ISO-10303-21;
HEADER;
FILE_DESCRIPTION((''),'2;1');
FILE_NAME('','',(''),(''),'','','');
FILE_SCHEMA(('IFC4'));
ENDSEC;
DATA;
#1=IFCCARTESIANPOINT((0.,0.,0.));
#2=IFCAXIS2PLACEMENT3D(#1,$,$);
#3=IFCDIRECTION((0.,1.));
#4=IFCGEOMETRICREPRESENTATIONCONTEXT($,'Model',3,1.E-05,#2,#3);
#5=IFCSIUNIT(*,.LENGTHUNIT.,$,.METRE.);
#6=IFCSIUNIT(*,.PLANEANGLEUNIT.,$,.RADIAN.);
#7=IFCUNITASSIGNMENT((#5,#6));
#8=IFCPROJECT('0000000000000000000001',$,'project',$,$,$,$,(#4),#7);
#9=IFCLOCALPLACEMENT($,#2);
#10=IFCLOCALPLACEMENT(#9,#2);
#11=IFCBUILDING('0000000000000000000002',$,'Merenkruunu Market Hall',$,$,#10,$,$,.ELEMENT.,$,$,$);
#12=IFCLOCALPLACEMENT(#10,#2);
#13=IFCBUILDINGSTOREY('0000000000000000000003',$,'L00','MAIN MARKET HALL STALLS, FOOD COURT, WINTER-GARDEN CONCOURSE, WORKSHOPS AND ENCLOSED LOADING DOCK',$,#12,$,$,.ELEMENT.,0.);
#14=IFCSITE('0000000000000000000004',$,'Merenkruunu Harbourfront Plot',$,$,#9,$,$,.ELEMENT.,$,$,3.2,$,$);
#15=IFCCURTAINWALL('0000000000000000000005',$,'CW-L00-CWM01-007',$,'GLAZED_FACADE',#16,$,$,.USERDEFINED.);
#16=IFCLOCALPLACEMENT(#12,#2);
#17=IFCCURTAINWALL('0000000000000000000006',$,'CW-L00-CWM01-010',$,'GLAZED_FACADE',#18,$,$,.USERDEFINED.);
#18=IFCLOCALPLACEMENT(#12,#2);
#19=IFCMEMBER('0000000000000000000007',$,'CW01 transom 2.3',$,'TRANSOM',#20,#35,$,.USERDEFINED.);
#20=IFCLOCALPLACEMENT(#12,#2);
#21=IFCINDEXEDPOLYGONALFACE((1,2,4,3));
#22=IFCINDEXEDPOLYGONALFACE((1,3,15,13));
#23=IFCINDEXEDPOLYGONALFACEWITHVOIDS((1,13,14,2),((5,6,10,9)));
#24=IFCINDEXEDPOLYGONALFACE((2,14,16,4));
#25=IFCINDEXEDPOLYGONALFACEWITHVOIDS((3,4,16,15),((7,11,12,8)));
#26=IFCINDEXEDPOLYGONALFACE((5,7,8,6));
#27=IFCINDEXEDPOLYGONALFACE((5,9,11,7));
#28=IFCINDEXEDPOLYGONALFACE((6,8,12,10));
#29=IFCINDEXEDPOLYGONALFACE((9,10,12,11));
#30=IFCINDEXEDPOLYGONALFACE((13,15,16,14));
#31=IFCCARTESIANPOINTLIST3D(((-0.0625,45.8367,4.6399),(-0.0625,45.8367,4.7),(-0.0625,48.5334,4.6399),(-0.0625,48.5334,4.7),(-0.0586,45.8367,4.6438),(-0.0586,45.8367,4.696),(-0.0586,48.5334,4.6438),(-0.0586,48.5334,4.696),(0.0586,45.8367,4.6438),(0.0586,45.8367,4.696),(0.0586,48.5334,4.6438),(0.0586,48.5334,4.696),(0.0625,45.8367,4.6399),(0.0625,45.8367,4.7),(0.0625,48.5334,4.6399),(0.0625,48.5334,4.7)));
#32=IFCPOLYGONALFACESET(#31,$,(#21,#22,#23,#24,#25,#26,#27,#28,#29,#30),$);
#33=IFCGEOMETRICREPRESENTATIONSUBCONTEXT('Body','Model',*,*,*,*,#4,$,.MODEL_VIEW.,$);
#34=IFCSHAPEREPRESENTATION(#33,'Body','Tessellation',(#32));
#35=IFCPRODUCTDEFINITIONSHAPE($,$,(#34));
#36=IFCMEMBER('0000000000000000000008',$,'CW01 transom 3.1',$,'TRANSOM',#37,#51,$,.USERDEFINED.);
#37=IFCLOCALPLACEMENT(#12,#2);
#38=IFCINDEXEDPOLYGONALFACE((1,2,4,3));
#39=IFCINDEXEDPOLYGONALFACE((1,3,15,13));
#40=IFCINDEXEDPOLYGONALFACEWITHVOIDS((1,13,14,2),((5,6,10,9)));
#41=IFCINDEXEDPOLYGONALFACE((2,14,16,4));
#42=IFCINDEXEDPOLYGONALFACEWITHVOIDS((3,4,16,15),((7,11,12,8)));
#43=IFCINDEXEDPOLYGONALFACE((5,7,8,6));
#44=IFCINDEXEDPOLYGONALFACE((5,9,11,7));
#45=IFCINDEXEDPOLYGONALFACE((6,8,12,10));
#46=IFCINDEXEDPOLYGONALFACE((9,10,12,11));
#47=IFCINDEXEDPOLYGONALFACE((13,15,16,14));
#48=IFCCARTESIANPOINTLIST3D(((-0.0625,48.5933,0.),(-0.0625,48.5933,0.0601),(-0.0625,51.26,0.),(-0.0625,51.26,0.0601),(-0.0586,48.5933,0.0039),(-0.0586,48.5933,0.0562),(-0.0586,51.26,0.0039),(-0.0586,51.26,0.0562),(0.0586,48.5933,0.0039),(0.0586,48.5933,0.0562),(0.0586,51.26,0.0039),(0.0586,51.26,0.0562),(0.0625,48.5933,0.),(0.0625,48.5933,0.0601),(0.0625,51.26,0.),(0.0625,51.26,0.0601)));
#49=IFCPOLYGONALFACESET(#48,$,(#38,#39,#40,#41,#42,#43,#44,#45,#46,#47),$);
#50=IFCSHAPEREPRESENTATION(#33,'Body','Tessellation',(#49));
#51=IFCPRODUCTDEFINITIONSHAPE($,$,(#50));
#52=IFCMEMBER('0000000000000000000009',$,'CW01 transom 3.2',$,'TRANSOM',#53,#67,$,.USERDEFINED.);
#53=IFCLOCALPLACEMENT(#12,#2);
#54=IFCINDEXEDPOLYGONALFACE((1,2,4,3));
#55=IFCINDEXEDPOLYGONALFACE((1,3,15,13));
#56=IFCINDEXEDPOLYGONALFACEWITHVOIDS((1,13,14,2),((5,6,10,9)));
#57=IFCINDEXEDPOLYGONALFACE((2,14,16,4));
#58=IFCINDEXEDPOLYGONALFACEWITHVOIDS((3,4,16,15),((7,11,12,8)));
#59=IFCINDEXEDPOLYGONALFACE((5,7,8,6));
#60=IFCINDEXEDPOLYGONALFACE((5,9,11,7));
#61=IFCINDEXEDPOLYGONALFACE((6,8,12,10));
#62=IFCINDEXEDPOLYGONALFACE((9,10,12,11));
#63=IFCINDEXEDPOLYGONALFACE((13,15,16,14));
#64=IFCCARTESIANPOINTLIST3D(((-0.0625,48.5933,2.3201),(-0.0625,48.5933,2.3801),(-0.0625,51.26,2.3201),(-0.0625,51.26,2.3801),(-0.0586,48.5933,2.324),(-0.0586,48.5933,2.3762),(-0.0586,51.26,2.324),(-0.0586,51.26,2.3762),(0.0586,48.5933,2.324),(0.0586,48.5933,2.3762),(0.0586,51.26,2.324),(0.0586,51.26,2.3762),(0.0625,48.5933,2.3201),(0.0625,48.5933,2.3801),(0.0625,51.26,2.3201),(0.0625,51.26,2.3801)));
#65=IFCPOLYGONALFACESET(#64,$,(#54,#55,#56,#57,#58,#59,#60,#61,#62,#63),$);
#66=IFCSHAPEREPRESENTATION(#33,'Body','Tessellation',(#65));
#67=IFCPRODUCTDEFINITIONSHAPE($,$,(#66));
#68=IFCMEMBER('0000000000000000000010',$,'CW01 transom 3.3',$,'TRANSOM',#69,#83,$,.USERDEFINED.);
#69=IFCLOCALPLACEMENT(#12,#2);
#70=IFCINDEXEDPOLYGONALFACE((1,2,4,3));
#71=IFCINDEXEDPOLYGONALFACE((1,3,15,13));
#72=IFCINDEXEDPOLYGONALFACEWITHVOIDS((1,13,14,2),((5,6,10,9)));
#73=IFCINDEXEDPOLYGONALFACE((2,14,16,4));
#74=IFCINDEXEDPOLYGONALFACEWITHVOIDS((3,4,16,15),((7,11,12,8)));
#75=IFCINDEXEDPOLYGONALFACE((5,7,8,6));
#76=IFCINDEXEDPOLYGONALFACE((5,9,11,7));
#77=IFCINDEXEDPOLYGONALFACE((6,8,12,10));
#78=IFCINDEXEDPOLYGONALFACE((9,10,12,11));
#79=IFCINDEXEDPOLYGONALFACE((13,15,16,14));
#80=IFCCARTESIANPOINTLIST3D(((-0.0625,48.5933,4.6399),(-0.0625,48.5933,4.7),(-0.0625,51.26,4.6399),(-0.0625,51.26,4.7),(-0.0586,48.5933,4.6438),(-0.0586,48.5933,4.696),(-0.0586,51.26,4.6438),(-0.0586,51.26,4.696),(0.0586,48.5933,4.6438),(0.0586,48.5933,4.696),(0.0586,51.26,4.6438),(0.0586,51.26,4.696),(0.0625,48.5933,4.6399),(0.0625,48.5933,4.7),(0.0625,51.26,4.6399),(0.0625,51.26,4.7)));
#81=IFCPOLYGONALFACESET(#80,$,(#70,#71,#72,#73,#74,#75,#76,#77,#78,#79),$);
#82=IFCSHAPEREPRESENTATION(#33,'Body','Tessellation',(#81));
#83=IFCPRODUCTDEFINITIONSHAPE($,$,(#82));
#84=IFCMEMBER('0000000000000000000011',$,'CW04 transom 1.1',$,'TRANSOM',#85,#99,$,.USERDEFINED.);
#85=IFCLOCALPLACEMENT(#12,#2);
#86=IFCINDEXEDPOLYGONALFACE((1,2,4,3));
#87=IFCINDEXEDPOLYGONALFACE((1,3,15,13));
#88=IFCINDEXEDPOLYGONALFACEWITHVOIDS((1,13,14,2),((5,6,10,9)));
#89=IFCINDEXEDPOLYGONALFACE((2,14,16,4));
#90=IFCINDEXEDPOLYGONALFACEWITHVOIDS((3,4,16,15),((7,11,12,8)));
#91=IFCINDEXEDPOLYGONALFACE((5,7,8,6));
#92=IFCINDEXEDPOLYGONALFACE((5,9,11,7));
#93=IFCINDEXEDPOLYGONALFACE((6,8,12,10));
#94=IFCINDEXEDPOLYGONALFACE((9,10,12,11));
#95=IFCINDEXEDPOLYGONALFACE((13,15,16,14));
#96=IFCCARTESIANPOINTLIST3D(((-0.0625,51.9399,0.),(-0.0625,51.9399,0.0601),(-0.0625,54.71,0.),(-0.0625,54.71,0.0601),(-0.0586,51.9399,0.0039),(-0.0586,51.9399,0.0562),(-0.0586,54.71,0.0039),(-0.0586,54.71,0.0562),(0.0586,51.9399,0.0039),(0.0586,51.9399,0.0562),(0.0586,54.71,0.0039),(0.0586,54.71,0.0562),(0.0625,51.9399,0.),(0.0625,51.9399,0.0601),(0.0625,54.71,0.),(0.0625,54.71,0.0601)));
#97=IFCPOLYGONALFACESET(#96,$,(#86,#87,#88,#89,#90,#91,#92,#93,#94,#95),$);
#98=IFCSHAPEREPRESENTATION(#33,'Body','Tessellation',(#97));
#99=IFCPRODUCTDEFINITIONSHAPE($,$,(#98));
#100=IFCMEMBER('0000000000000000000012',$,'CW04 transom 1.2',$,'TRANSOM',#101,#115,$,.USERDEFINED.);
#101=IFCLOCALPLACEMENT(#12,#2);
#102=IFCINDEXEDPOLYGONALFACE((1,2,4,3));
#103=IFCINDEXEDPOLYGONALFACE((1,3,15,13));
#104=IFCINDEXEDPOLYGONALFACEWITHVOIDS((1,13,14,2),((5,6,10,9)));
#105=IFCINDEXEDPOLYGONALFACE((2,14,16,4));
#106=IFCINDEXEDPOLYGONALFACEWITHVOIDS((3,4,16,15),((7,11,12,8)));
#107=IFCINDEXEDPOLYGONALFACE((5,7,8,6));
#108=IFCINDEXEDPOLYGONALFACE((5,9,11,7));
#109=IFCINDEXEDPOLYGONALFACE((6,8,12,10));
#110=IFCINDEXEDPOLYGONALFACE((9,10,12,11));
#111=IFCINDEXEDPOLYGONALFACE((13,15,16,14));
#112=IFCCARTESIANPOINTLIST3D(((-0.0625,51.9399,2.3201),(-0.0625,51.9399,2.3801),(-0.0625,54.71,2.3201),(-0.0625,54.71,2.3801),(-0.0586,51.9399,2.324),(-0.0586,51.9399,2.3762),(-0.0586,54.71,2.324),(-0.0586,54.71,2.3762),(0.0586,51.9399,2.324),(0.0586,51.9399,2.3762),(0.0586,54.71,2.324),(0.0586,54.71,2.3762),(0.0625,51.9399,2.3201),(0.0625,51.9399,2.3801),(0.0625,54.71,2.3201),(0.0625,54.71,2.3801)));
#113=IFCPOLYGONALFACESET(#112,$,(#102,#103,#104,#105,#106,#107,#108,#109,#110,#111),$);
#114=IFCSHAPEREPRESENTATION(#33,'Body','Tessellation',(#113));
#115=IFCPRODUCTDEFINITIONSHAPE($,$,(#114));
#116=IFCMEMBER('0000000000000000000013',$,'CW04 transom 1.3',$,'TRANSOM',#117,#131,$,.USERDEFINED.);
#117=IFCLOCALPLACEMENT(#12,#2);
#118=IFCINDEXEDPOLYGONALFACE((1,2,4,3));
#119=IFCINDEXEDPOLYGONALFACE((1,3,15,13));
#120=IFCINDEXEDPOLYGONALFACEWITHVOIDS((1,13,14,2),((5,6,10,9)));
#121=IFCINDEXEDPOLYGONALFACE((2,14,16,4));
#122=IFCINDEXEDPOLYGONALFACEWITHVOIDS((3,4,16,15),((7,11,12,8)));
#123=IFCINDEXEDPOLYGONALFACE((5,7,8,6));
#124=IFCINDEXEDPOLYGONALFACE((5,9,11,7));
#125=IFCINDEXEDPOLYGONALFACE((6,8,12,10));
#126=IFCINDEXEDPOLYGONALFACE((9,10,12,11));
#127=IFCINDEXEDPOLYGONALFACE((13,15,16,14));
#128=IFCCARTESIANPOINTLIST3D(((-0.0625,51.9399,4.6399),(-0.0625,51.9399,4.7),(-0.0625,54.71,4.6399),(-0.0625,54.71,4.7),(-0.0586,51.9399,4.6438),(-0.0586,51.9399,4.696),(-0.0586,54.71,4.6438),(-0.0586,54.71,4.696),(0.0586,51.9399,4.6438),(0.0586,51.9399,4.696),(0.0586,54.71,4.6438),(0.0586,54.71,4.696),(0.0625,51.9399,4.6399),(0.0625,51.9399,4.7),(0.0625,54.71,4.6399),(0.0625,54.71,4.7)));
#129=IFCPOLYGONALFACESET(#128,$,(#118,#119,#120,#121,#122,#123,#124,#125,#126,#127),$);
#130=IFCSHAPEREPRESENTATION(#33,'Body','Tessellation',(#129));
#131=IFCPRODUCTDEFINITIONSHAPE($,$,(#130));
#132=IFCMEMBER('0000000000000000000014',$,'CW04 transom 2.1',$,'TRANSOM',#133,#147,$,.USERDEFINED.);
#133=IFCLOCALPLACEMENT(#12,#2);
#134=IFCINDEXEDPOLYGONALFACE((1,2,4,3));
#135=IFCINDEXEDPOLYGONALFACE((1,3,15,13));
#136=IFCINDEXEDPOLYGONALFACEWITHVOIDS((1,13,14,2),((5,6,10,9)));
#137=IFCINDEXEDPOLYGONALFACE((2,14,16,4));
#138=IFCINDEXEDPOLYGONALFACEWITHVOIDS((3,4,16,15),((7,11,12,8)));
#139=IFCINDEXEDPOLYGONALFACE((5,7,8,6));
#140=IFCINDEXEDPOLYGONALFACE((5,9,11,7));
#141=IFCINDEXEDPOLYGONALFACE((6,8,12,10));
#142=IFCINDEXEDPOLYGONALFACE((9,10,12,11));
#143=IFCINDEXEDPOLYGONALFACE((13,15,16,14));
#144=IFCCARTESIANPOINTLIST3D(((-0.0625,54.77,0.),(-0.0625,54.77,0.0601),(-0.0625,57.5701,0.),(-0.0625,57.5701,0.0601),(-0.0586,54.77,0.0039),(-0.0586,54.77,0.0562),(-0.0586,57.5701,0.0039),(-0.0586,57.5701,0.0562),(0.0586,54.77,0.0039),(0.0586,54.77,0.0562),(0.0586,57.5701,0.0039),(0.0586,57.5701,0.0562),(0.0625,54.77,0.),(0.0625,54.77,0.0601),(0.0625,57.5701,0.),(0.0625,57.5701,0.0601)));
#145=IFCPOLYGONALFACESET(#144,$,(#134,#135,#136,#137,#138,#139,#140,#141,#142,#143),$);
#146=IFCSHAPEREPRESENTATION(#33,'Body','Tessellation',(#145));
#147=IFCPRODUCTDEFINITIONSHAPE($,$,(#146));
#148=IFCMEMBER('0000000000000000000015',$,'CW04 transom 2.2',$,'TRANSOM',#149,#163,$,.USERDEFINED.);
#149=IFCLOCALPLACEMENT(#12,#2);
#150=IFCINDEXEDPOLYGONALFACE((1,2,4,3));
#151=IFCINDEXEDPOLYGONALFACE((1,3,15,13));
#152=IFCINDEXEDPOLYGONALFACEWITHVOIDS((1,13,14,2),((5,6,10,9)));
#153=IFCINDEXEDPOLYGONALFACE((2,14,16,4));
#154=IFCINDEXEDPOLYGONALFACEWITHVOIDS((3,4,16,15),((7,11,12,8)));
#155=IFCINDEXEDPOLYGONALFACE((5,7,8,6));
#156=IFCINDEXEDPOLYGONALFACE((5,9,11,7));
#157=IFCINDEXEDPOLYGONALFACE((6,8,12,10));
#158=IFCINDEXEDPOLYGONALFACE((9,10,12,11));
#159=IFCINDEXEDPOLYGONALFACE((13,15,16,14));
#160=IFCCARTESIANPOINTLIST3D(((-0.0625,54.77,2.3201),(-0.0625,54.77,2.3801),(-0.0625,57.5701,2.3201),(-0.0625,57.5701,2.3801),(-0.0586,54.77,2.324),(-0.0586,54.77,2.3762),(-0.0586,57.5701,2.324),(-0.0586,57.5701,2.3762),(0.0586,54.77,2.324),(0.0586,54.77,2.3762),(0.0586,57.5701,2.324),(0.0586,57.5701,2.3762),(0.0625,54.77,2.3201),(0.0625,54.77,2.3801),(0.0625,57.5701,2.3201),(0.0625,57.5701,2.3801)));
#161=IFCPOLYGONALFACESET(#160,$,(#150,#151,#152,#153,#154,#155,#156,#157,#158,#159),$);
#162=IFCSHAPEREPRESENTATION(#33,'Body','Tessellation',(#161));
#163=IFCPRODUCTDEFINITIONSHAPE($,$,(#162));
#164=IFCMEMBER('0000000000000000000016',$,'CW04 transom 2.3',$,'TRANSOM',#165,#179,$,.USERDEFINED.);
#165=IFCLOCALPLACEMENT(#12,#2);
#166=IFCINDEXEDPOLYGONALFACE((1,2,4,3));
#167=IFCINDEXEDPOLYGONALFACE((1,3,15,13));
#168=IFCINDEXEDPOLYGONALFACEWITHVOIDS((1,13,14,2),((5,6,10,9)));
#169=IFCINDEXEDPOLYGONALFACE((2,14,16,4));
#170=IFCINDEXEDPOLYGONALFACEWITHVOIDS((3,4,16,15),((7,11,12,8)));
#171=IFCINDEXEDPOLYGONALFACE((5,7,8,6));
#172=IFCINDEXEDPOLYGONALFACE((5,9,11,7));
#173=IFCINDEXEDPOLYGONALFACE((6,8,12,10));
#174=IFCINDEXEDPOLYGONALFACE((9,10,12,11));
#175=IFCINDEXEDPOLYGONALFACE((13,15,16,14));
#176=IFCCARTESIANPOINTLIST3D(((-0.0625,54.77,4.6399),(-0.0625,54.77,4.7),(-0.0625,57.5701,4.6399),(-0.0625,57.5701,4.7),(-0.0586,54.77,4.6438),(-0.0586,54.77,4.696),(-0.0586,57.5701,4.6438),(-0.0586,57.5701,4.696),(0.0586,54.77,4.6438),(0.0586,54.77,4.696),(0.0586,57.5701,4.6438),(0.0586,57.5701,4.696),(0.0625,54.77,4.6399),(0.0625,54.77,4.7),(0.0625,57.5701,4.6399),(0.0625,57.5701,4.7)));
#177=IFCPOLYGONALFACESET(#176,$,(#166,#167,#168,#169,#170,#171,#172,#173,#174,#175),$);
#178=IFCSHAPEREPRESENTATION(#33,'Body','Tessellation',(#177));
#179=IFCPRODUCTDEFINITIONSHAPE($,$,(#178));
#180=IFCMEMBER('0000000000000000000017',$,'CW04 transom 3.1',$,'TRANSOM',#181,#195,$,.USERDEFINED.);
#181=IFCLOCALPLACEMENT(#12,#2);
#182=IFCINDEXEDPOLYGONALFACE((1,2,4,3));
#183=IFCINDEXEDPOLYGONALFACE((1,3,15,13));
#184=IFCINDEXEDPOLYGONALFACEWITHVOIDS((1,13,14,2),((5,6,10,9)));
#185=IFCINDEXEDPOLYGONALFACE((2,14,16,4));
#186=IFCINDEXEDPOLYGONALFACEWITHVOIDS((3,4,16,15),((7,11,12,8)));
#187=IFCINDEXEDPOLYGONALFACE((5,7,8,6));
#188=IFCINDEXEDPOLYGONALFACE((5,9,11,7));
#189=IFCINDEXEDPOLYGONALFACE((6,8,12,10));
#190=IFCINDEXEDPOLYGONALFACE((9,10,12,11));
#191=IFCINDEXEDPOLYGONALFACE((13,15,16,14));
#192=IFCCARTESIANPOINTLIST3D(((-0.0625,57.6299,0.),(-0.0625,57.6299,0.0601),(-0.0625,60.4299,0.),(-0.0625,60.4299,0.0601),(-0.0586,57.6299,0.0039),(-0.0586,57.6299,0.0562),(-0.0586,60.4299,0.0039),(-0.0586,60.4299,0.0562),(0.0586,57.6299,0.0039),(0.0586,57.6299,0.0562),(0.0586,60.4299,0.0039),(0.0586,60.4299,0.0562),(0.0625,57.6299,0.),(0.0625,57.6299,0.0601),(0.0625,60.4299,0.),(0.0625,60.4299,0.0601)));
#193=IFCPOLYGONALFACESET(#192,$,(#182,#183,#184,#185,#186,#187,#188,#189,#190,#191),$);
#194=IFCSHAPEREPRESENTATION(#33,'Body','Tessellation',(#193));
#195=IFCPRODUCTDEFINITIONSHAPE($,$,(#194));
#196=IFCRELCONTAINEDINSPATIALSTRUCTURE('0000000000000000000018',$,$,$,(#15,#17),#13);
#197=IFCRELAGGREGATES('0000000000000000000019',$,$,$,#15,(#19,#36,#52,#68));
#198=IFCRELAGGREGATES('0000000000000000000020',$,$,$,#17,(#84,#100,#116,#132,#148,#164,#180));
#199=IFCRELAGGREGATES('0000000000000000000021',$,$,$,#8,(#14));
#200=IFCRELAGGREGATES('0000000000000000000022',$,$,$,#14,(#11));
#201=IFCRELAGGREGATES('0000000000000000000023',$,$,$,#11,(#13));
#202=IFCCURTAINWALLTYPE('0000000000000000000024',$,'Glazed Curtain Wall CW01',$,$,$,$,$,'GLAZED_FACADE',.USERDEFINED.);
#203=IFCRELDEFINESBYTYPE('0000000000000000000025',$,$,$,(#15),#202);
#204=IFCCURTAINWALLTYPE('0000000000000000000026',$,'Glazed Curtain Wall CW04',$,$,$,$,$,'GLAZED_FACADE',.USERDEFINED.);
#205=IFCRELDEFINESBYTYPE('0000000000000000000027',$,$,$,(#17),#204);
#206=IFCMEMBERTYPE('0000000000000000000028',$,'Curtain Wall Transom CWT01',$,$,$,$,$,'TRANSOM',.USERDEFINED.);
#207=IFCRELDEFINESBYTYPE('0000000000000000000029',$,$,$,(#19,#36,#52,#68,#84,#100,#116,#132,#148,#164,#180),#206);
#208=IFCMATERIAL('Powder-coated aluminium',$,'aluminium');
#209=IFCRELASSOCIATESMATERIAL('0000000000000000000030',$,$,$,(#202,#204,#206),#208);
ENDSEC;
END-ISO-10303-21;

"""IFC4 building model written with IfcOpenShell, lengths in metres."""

from ifc_helpers import new_model, si_unit, direction, frame, origin, origin_2d, place, context, subcontext, project, spatial, hollow_rectangle, extrude, material, material_profile, profile_set, type_object, element, aggregate, save


model = new_model("IFC4")

# Units and contexts
model_context = context("Model", 3, precision=1e-05, world=origin(), true_north=direction((0.0, 1.0)))
body_context = subcontext(model_context, "Body", "Model", "MODEL_VIEW")
ifc_project = project(units=[si_unit("LENGTHUNIT", "METRE"), si_unit("PLANEANGLEUNIT", "RADIAN")], contexts=[model_context])

# Site, building, storey
site_placement = place(None, origin())
site = spatial("IfcSite", under=ifc_project, at=site_placement, Name="Merenkruunu Harbourfront Plot", CompositionType="ELEMENT", RefElevation=3.2)
building_placement = place(site_placement, origin())
building = spatial("IfcBuilding", under=site, at=building_placement, Name="Merenkruunu Market Hall", CompositionType="ELEMENT")
storey_placement = place(building_placement, origin())
storey = spatial("IfcBuildingStorey", under=building, at=storey_placement, Name="L00", Description="MAIN MARKET HALL STALLS, FOOD COURT, WINTER-GARDEN CONCOURSE, WORKSHOPS AND ENCLOSED LOADING DOCK", CompositionType="ELEMENT", Elevation=0.0)

# Curtain walls
ifc_material_1 = material(Name="Powder-coated aluminium", Category="aluminium")
curtain_wall_type_1 = type_object("IfcCurtainWallType", Name="Glazed Curtain Wall CW01", ElementType="GLAZED_FACADE", PredefinedType="USERDEFINED", material=ifc_material_1)
curtain_wall_1_placement = place(storey_placement, origin())
curtain_wall_1 = element("IfcCurtainWall", 1, at=curtain_wall_1_placement, inside=storey, type_object=curtain_wall_type_1, Name="CW-L00-CWM01-007", ObjectType="GLAZED_FACADE", PredefinedType="USERDEFINED")
curtain_wall_type_2 = type_object("IfcCurtainWallType", Name="Glazed Curtain Wall CW04", ElementType="GLAZED_FACADE", PredefinedType="USERDEFINED", material=ifc_material_1)
curtain_wall_2_placement = place(storey_placement, origin())
curtain_wall_2 = element("IfcCurtainWall", 2, at=curtain_wall_2_placement, inside=storey, type_object=curtain_wall_type_2, Name="CW-L00-CWM01-010", ObjectType="GLAZED_FACADE", PredefinedType="USERDEFINED")

# Members
ifc_material_profile_1 = material_profile(ifc_material_1, hollow_rectangle(XDim=0.0601, YDim=0.125, WallThickness=0.0039, at=origin_2d()), Name="ALU 60x125x4")
ifc_profile_set_1 = profile_set([ifc_material_profile_1], Name="Powder-coated aluminium")
member_type_1 = type_object("IfcMemberType", Name="Curtain Wall Transom CWT01", ElementType="TRANSOM", PredefinedType="USERDEFINED", material=ifc_profile_set_1)
member_1_placement = place(storey_placement, frame((0.0, 45.8367, 4.6699), z_axis=(0.0, 1.0, 0.0), x_axis=(0.0, 0.0, 1.0)))
member_1 = element("IfcMember", 3, at=member_1_placement, type_object=member_type_1, Name="CW01 transom 2.3", ObjectType="TRANSOM", PredefinedType="USERDEFINED", context=body_context, shape_type="SweptSolid", body=[
    extrude(hollow_rectangle(XDim=0.0601, YDim=0.125, WallThickness=0.0039, at=origin_2d()), origin(), (0.0, 0.0, 1.0), 2.6968),
])
member_2_placement = place(storey_placement, frame((0.0, 48.5933, 0.03), z_axis=(0.0, 1.0, 0.0), x_axis=(0.0, 0.0, 1.0)))
member_2 = element("IfcMember", 4, at=member_2_placement, type_object=member_type_1, Name="CW01 transom 3.1", ObjectType="TRANSOM", PredefinedType="USERDEFINED", context=body_context, shape_type="SweptSolid", body=[
    extrude(hollow_rectangle(XDim=0.0601, YDim=0.125, WallThickness=0.0039, at=origin_2d()), origin(), (0.0, 0.0, 1.0), 2.6667),
])
member_3_placement = place(storey_placement, frame((0.0, 48.5933, 2.3501), z_axis=(0.0, 1.0, 0.0), x_axis=(0.0, 0.0, 1.0)))
member_3 = element("IfcMember", 5, at=member_3_placement, type_object=member_type_1, Name="CW01 transom 3.2", ObjectType="TRANSOM", PredefinedType="USERDEFINED", context=body_context, shape_type="SweptSolid", body=[
    extrude(hollow_rectangle(XDim=0.0601, YDim=0.125, WallThickness=0.0039, at=origin_2d()), origin(), (0.0, 0.0, 1.0), 2.6667),
])
member_4_placement = place(storey_placement, frame((0.0, 48.5933, 4.6699), z_axis=(0.0, 1.0, 0.0), x_axis=(0.0, 0.0, 1.0)))
member_4 = element("IfcMember", 6, at=member_4_placement, type_object=member_type_1, Name="CW01 transom 3.3", ObjectType="TRANSOM", PredefinedType="USERDEFINED", context=body_context, shape_type="SweptSolid", body=[
    extrude(hollow_rectangle(XDim=0.0601, YDim=0.125, WallThickness=0.0039, at=origin_2d()), origin(), (0.0, 0.0, 1.0), 2.6667),
])
member_5_placement = place(storey_placement, frame((0.0, 51.9399, 0.03), z_axis=(0.0, 1.0, 0.0), x_axis=(0.0, 0.0, 1.0)))
member_5 = element("IfcMember", 7, at=member_5_placement, type_object=member_type_1, Name="CW04 transom 1.1", ObjectType="TRANSOM", PredefinedType="USERDEFINED", context=body_context, shape_type="SweptSolid", body=[
    extrude(hollow_rectangle(XDim=0.0601, YDim=0.125, WallThickness=0.0039, at=origin_2d()), origin(), (0.0, 0.0, 1.0), 2.77),
])
member_6_placement = place(storey_placement, frame((0.0, 51.9399, 2.3501), z_axis=(0.0, 1.0, 0.0), x_axis=(0.0, 0.0, 1.0)))
member_6 = element("IfcMember", 8, at=member_6_placement, type_object=member_type_1, Name="CW04 transom 1.2", ObjectType="TRANSOM", PredefinedType="USERDEFINED", context=body_context, shape_type="SweptSolid", body=[
    extrude(hollow_rectangle(XDim=0.0601, YDim=0.125, WallThickness=0.0039, at=origin_2d()), origin(), (0.0, 0.0, 1.0), 2.77),
])
member_7_placement = place(storey_placement, frame((0.0, 51.9399, 4.6699), z_axis=(0.0, 1.0, 0.0), x_axis=(0.0, 0.0, 1.0)))
member_7 = element("IfcMember", 9, at=member_7_placement, type_object=member_type_1, Name="CW04 transom 1.3", ObjectType="TRANSOM", PredefinedType="USERDEFINED", context=body_context, shape_type="SweptSolid", body=[
    extrude(hollow_rectangle(XDim=0.0601, YDim=0.125, WallThickness=0.0039, at=origin_2d()), origin(), (0.0, 0.0, 1.0), 2.77),
])
member_8_placement = place(storey_placement, frame((0.0, 54.77, 0.03), z_axis=(0.0, 1.0, 0.0), x_axis=(0.0, 0.0, 1.0)))
member_8 = element("IfcMember", 10, at=member_8_placement, type_object=member_type_1, Name="CW04 transom 2.1", ObjectType="TRANSOM", PredefinedType="USERDEFINED", context=body_context, shape_type="SweptSolid", body=[
    extrude(hollow_rectangle(XDim=0.0601, YDim=0.125, WallThickness=0.0039, at=origin_2d()), origin(), (0.0, 0.0, 1.0), 2.8),
])
member_9_placement = place(storey_placement, frame((0.0, 54.77, 2.3501), z_axis=(0.0, 1.0, 0.0), x_axis=(0.0, 0.0, 1.0)))
member_9 = element("IfcMember", 11, at=member_9_placement, type_object=member_type_1, Name="CW04 transom 2.2", ObjectType="TRANSOM", PredefinedType="USERDEFINED", context=body_context, shape_type="SweptSolid", body=[
    extrude(hollow_rectangle(XDim=0.0601, YDim=0.125, WallThickness=0.0039, at=origin_2d()), origin(), (0.0, 0.0, 1.0), 2.8),
])
member_10_placement = place(storey_placement, frame((0.0, 54.77, 4.6699), z_axis=(0.0, 1.0, 0.0), x_axis=(0.0, 0.0, 1.0)))
member_10 = element("IfcMember", 12, at=member_10_placement, type_object=member_type_1, Name="CW04 transom 2.3", ObjectType="TRANSOM", PredefinedType="USERDEFINED", context=body_context, shape_type="SweptSolid", body=[
    extrude(hollow_rectangle(XDim=0.0601, YDim=0.125, WallThickness=0.0039, at=origin_2d()), origin(), (0.0, 0.0, 1.0), 2.8),
])
member_11_placement = place(storey_placement, frame((0.0, 57.6299, 0.03), z_axis=(0.0, 1.0, 0.0), x_axis=(0.0, 0.0, 1.0)))
member_11 = element("IfcMember", 13, at=member_11_placement, type_object=member_type_1, Name="CW04 transom 3.1", ObjectType="TRANSOM", PredefinedType="USERDEFINED", context=body_context, shape_type="SweptSolid", body=[
    extrude(hollow_rectangle(XDim=0.0601, YDim=0.125, WallThickness=0.0039, at=origin_2d()), origin(), (0.0, 0.0, 1.0), 2.8),
])

aggregate(curtain_wall_1, [member_1, member_2, member_3, member_4])
aggregate(curtain_wall_2, [member_5, member_6, member_7, member_8, member_9, member_10, member_11])

save(model, "model.ifc")
